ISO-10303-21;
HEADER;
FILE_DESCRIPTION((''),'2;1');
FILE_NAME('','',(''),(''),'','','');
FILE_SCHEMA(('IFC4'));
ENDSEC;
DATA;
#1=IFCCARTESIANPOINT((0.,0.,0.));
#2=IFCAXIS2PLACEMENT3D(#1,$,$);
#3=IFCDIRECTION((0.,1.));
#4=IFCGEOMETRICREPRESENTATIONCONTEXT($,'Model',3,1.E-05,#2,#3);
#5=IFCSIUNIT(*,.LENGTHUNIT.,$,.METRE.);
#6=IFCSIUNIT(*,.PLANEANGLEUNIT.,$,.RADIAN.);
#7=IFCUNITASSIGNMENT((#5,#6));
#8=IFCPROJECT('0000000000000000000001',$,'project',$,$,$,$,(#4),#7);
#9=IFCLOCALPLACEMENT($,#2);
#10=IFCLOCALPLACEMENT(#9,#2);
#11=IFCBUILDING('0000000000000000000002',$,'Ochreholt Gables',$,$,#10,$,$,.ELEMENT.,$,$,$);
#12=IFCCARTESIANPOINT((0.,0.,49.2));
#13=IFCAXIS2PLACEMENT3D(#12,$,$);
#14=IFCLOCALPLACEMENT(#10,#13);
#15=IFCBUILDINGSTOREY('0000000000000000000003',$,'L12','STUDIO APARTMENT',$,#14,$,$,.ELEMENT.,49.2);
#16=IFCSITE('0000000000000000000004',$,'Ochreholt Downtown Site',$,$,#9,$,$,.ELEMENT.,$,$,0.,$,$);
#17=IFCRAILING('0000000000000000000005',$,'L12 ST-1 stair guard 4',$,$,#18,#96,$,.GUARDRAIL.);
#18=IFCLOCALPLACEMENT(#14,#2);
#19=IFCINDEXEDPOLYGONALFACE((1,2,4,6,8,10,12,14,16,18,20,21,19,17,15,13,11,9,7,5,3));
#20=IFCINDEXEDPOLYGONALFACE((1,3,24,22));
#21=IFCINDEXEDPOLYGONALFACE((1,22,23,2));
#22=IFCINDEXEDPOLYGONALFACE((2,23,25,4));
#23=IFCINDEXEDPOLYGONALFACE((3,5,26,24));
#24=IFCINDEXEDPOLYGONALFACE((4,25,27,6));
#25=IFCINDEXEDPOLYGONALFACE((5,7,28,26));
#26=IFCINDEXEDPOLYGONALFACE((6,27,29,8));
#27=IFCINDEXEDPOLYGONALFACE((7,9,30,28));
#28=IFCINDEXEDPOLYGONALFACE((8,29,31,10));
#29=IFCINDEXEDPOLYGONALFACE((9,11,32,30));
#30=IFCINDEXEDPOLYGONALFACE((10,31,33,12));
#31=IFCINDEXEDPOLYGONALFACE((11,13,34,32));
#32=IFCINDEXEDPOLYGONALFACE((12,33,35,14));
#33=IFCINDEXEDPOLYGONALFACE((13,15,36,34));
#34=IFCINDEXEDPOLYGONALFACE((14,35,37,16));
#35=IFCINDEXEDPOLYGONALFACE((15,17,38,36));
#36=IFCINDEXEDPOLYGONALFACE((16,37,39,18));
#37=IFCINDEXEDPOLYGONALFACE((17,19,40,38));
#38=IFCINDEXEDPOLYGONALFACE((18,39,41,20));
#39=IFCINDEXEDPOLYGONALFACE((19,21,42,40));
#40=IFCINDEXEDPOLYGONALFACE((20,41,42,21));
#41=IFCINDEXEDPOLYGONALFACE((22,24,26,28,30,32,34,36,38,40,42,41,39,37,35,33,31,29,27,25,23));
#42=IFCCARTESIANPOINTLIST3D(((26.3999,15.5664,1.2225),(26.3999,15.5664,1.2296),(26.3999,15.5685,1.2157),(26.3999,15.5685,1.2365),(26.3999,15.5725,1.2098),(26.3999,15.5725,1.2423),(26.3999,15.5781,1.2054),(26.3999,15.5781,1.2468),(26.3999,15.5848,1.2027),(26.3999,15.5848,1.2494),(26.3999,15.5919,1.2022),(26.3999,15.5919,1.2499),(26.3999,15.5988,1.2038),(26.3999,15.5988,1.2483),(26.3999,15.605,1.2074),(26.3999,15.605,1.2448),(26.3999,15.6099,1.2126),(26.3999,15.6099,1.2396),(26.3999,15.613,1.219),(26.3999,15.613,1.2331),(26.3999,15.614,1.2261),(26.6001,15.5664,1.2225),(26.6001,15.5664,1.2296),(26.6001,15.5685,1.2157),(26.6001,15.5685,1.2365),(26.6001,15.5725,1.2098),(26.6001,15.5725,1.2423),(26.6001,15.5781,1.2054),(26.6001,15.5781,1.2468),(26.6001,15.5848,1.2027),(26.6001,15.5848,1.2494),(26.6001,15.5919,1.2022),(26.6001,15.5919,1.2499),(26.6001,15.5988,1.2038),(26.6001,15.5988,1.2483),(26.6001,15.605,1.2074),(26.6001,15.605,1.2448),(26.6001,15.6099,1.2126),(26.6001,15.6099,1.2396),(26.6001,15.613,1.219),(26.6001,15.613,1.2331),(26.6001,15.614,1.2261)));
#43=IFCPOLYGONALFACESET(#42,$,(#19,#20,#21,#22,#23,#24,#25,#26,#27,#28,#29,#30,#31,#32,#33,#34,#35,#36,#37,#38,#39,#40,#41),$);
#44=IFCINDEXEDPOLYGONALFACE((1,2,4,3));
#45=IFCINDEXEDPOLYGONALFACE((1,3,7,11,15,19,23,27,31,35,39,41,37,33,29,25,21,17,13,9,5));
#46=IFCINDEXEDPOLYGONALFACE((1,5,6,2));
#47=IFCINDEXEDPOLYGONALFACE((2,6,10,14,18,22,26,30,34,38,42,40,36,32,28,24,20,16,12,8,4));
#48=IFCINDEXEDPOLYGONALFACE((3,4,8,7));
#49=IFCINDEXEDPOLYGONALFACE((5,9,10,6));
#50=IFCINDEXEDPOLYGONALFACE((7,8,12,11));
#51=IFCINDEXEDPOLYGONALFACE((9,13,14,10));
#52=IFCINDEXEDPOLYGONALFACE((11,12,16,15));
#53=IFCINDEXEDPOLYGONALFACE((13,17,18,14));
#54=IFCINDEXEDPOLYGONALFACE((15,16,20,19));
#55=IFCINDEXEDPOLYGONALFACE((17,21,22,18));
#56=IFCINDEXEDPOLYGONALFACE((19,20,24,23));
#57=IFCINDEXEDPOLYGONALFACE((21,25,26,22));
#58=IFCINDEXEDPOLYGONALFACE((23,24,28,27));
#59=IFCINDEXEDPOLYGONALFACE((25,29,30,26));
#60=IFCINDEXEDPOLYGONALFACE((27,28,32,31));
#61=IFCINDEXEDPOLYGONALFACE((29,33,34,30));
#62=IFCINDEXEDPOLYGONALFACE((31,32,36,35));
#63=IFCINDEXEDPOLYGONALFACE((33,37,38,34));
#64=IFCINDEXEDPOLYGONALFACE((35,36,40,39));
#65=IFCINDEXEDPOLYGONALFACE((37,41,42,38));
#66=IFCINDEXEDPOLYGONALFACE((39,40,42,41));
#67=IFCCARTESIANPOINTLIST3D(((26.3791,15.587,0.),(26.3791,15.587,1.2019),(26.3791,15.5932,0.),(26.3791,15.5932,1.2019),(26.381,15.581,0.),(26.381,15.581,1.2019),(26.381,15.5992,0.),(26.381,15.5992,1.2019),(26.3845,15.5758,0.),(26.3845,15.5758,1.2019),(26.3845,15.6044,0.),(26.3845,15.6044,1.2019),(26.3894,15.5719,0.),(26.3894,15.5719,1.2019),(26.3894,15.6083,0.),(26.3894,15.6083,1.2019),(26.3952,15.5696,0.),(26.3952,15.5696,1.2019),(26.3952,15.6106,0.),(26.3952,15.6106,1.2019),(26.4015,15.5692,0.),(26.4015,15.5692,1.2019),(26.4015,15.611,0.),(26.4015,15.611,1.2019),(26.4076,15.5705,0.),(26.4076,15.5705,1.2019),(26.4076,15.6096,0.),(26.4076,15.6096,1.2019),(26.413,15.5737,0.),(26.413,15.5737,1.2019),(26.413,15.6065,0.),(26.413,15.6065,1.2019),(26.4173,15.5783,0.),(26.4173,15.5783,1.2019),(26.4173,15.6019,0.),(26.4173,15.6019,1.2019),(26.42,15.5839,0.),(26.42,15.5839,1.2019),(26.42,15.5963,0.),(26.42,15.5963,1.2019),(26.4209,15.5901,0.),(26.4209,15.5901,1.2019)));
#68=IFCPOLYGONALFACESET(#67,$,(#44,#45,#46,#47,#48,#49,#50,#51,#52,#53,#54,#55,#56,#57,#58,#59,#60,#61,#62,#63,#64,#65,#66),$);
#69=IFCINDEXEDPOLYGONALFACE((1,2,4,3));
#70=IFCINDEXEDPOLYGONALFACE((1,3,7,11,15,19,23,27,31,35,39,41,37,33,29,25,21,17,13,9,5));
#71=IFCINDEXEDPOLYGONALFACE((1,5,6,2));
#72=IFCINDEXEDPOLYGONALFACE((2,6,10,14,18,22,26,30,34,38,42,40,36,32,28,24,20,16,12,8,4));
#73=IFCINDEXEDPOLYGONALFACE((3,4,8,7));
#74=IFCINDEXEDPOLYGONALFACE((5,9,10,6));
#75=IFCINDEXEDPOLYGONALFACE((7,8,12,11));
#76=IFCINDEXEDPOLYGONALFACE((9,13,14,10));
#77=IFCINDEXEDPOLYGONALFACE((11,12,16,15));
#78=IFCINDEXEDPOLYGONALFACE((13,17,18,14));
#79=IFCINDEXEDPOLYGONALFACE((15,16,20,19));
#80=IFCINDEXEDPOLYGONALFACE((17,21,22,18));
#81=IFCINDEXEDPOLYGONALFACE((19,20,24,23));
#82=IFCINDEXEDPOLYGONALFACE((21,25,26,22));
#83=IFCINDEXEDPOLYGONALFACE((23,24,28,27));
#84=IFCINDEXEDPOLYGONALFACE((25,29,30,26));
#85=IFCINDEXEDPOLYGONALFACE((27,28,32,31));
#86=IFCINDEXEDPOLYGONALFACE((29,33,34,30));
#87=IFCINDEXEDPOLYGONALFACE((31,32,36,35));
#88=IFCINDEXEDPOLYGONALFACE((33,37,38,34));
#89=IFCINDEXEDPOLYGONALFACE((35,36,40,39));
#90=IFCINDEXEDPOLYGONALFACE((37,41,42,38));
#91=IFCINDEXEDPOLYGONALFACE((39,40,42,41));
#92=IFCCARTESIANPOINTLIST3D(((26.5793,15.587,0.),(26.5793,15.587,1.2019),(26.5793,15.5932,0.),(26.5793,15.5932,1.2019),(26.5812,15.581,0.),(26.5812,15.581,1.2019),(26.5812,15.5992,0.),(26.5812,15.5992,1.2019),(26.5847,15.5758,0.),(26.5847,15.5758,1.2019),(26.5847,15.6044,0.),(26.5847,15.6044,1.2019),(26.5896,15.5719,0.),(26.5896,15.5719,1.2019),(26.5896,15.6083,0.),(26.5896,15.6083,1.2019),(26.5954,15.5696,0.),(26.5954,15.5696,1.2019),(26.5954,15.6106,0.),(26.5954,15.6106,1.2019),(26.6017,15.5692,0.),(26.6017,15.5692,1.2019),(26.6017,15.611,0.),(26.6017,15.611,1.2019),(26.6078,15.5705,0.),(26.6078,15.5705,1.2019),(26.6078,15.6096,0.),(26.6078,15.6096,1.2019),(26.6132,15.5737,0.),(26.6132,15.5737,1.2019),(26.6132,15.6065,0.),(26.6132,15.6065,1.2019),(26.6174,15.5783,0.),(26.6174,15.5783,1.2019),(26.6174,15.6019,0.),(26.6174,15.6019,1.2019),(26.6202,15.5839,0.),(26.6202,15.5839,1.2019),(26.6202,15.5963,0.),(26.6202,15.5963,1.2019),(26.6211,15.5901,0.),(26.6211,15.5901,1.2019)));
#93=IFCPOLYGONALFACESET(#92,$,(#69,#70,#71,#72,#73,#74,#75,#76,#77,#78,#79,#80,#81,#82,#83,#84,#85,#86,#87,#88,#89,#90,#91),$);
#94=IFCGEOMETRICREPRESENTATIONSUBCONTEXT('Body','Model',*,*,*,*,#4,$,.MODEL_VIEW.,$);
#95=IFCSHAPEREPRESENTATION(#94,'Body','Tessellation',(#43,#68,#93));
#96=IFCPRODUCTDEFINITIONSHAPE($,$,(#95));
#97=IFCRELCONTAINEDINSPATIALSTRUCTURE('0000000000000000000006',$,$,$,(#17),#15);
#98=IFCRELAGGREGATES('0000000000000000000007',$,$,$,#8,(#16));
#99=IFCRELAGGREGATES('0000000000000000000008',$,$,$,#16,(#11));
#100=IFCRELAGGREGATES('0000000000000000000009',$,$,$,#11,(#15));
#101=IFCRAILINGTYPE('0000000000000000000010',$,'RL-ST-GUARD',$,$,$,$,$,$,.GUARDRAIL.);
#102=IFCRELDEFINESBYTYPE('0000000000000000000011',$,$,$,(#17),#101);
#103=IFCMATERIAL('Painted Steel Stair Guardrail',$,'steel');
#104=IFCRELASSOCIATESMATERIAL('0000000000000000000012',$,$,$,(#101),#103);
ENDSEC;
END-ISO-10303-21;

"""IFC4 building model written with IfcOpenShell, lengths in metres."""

from ifc_helpers import new_model, si_unit, direction, frame, origin, origin_2d, place, context, subcontext, project, spatial, circle, extrude, material, type_object, element, save


model = new_model("IFC4")

# Units and contexts
model_context = context("Model", 3, precision=1e-05, world=origin(), true_north=direction((0.0, 1.0)))
body_context = subcontext(model_context, "Body", "Model", "MODEL_VIEW")
ifc_project = project(units=[si_unit("LENGTHUNIT", "METRE"), si_unit("PLANEANGLEUNIT", "RADIAN")], contexts=[model_context])

# Site, building, storey
site_placement = place(None, origin())
site = spatial("IfcSite", under=ifc_project, at=site_placement, Name="Ochreholt Downtown Site", CompositionType="ELEMENT", RefElevation=0.0)
building_placement = place(site_placement, origin())
building = spatial("IfcBuilding", under=site, at=building_placement, Name="Ochreholt Gables", CompositionType="ELEMENT")
storey_placement = place(building_placement, frame((0.0, 0.0, 49.2)))
storey = spatial("IfcBuildingStorey", under=building, at=storey_placement, Name="L12", Description="STUDIO APARTMENT", CompositionType="ELEMENT", Elevation=49.2)

# Railing
ifc_material_1 = material(Name="Painted Steel Stair Guardrail", Category="steel")
railing_type_1 = type_object("IfcRailingType", Name="RL-ST-GUARD", PredefinedType="GUARDRAIL", material=ifc_material_1)
railing_1_placement = place(storey_placement, frame((26.3999, 15.5901, 0.0)))
element("IfcRailing", 1, at=railing_1_placement, inside=storey, type_object=railing_type_1, Name="L12 ST-1 stair guard 4", PredefinedType="GUARDRAIL", context=body_context, shape_type="SweptSolid", body=[
    extrude(circle(Radius=0.0239, at=origin_2d()), frame((0.0, 0.0, 1.2261), z_axis=(1.0, 0.0, 0.0), x_axis=(0.0, 1.0, 0.0)), (0.0, 0.0, 1.0), 0.2002),
    extrude(circle(Radius=0.021, at=origin_2d()), origin(), (0.0, 0.0, 1.0), 1.2019),
    extrude(circle(Radius=0.021, at=origin_2d()), frame((0.2002, 0.0, 0.0)), (0.0, 0.0, 1.0), 1.2019),
])

save(model, "model.ifc")
